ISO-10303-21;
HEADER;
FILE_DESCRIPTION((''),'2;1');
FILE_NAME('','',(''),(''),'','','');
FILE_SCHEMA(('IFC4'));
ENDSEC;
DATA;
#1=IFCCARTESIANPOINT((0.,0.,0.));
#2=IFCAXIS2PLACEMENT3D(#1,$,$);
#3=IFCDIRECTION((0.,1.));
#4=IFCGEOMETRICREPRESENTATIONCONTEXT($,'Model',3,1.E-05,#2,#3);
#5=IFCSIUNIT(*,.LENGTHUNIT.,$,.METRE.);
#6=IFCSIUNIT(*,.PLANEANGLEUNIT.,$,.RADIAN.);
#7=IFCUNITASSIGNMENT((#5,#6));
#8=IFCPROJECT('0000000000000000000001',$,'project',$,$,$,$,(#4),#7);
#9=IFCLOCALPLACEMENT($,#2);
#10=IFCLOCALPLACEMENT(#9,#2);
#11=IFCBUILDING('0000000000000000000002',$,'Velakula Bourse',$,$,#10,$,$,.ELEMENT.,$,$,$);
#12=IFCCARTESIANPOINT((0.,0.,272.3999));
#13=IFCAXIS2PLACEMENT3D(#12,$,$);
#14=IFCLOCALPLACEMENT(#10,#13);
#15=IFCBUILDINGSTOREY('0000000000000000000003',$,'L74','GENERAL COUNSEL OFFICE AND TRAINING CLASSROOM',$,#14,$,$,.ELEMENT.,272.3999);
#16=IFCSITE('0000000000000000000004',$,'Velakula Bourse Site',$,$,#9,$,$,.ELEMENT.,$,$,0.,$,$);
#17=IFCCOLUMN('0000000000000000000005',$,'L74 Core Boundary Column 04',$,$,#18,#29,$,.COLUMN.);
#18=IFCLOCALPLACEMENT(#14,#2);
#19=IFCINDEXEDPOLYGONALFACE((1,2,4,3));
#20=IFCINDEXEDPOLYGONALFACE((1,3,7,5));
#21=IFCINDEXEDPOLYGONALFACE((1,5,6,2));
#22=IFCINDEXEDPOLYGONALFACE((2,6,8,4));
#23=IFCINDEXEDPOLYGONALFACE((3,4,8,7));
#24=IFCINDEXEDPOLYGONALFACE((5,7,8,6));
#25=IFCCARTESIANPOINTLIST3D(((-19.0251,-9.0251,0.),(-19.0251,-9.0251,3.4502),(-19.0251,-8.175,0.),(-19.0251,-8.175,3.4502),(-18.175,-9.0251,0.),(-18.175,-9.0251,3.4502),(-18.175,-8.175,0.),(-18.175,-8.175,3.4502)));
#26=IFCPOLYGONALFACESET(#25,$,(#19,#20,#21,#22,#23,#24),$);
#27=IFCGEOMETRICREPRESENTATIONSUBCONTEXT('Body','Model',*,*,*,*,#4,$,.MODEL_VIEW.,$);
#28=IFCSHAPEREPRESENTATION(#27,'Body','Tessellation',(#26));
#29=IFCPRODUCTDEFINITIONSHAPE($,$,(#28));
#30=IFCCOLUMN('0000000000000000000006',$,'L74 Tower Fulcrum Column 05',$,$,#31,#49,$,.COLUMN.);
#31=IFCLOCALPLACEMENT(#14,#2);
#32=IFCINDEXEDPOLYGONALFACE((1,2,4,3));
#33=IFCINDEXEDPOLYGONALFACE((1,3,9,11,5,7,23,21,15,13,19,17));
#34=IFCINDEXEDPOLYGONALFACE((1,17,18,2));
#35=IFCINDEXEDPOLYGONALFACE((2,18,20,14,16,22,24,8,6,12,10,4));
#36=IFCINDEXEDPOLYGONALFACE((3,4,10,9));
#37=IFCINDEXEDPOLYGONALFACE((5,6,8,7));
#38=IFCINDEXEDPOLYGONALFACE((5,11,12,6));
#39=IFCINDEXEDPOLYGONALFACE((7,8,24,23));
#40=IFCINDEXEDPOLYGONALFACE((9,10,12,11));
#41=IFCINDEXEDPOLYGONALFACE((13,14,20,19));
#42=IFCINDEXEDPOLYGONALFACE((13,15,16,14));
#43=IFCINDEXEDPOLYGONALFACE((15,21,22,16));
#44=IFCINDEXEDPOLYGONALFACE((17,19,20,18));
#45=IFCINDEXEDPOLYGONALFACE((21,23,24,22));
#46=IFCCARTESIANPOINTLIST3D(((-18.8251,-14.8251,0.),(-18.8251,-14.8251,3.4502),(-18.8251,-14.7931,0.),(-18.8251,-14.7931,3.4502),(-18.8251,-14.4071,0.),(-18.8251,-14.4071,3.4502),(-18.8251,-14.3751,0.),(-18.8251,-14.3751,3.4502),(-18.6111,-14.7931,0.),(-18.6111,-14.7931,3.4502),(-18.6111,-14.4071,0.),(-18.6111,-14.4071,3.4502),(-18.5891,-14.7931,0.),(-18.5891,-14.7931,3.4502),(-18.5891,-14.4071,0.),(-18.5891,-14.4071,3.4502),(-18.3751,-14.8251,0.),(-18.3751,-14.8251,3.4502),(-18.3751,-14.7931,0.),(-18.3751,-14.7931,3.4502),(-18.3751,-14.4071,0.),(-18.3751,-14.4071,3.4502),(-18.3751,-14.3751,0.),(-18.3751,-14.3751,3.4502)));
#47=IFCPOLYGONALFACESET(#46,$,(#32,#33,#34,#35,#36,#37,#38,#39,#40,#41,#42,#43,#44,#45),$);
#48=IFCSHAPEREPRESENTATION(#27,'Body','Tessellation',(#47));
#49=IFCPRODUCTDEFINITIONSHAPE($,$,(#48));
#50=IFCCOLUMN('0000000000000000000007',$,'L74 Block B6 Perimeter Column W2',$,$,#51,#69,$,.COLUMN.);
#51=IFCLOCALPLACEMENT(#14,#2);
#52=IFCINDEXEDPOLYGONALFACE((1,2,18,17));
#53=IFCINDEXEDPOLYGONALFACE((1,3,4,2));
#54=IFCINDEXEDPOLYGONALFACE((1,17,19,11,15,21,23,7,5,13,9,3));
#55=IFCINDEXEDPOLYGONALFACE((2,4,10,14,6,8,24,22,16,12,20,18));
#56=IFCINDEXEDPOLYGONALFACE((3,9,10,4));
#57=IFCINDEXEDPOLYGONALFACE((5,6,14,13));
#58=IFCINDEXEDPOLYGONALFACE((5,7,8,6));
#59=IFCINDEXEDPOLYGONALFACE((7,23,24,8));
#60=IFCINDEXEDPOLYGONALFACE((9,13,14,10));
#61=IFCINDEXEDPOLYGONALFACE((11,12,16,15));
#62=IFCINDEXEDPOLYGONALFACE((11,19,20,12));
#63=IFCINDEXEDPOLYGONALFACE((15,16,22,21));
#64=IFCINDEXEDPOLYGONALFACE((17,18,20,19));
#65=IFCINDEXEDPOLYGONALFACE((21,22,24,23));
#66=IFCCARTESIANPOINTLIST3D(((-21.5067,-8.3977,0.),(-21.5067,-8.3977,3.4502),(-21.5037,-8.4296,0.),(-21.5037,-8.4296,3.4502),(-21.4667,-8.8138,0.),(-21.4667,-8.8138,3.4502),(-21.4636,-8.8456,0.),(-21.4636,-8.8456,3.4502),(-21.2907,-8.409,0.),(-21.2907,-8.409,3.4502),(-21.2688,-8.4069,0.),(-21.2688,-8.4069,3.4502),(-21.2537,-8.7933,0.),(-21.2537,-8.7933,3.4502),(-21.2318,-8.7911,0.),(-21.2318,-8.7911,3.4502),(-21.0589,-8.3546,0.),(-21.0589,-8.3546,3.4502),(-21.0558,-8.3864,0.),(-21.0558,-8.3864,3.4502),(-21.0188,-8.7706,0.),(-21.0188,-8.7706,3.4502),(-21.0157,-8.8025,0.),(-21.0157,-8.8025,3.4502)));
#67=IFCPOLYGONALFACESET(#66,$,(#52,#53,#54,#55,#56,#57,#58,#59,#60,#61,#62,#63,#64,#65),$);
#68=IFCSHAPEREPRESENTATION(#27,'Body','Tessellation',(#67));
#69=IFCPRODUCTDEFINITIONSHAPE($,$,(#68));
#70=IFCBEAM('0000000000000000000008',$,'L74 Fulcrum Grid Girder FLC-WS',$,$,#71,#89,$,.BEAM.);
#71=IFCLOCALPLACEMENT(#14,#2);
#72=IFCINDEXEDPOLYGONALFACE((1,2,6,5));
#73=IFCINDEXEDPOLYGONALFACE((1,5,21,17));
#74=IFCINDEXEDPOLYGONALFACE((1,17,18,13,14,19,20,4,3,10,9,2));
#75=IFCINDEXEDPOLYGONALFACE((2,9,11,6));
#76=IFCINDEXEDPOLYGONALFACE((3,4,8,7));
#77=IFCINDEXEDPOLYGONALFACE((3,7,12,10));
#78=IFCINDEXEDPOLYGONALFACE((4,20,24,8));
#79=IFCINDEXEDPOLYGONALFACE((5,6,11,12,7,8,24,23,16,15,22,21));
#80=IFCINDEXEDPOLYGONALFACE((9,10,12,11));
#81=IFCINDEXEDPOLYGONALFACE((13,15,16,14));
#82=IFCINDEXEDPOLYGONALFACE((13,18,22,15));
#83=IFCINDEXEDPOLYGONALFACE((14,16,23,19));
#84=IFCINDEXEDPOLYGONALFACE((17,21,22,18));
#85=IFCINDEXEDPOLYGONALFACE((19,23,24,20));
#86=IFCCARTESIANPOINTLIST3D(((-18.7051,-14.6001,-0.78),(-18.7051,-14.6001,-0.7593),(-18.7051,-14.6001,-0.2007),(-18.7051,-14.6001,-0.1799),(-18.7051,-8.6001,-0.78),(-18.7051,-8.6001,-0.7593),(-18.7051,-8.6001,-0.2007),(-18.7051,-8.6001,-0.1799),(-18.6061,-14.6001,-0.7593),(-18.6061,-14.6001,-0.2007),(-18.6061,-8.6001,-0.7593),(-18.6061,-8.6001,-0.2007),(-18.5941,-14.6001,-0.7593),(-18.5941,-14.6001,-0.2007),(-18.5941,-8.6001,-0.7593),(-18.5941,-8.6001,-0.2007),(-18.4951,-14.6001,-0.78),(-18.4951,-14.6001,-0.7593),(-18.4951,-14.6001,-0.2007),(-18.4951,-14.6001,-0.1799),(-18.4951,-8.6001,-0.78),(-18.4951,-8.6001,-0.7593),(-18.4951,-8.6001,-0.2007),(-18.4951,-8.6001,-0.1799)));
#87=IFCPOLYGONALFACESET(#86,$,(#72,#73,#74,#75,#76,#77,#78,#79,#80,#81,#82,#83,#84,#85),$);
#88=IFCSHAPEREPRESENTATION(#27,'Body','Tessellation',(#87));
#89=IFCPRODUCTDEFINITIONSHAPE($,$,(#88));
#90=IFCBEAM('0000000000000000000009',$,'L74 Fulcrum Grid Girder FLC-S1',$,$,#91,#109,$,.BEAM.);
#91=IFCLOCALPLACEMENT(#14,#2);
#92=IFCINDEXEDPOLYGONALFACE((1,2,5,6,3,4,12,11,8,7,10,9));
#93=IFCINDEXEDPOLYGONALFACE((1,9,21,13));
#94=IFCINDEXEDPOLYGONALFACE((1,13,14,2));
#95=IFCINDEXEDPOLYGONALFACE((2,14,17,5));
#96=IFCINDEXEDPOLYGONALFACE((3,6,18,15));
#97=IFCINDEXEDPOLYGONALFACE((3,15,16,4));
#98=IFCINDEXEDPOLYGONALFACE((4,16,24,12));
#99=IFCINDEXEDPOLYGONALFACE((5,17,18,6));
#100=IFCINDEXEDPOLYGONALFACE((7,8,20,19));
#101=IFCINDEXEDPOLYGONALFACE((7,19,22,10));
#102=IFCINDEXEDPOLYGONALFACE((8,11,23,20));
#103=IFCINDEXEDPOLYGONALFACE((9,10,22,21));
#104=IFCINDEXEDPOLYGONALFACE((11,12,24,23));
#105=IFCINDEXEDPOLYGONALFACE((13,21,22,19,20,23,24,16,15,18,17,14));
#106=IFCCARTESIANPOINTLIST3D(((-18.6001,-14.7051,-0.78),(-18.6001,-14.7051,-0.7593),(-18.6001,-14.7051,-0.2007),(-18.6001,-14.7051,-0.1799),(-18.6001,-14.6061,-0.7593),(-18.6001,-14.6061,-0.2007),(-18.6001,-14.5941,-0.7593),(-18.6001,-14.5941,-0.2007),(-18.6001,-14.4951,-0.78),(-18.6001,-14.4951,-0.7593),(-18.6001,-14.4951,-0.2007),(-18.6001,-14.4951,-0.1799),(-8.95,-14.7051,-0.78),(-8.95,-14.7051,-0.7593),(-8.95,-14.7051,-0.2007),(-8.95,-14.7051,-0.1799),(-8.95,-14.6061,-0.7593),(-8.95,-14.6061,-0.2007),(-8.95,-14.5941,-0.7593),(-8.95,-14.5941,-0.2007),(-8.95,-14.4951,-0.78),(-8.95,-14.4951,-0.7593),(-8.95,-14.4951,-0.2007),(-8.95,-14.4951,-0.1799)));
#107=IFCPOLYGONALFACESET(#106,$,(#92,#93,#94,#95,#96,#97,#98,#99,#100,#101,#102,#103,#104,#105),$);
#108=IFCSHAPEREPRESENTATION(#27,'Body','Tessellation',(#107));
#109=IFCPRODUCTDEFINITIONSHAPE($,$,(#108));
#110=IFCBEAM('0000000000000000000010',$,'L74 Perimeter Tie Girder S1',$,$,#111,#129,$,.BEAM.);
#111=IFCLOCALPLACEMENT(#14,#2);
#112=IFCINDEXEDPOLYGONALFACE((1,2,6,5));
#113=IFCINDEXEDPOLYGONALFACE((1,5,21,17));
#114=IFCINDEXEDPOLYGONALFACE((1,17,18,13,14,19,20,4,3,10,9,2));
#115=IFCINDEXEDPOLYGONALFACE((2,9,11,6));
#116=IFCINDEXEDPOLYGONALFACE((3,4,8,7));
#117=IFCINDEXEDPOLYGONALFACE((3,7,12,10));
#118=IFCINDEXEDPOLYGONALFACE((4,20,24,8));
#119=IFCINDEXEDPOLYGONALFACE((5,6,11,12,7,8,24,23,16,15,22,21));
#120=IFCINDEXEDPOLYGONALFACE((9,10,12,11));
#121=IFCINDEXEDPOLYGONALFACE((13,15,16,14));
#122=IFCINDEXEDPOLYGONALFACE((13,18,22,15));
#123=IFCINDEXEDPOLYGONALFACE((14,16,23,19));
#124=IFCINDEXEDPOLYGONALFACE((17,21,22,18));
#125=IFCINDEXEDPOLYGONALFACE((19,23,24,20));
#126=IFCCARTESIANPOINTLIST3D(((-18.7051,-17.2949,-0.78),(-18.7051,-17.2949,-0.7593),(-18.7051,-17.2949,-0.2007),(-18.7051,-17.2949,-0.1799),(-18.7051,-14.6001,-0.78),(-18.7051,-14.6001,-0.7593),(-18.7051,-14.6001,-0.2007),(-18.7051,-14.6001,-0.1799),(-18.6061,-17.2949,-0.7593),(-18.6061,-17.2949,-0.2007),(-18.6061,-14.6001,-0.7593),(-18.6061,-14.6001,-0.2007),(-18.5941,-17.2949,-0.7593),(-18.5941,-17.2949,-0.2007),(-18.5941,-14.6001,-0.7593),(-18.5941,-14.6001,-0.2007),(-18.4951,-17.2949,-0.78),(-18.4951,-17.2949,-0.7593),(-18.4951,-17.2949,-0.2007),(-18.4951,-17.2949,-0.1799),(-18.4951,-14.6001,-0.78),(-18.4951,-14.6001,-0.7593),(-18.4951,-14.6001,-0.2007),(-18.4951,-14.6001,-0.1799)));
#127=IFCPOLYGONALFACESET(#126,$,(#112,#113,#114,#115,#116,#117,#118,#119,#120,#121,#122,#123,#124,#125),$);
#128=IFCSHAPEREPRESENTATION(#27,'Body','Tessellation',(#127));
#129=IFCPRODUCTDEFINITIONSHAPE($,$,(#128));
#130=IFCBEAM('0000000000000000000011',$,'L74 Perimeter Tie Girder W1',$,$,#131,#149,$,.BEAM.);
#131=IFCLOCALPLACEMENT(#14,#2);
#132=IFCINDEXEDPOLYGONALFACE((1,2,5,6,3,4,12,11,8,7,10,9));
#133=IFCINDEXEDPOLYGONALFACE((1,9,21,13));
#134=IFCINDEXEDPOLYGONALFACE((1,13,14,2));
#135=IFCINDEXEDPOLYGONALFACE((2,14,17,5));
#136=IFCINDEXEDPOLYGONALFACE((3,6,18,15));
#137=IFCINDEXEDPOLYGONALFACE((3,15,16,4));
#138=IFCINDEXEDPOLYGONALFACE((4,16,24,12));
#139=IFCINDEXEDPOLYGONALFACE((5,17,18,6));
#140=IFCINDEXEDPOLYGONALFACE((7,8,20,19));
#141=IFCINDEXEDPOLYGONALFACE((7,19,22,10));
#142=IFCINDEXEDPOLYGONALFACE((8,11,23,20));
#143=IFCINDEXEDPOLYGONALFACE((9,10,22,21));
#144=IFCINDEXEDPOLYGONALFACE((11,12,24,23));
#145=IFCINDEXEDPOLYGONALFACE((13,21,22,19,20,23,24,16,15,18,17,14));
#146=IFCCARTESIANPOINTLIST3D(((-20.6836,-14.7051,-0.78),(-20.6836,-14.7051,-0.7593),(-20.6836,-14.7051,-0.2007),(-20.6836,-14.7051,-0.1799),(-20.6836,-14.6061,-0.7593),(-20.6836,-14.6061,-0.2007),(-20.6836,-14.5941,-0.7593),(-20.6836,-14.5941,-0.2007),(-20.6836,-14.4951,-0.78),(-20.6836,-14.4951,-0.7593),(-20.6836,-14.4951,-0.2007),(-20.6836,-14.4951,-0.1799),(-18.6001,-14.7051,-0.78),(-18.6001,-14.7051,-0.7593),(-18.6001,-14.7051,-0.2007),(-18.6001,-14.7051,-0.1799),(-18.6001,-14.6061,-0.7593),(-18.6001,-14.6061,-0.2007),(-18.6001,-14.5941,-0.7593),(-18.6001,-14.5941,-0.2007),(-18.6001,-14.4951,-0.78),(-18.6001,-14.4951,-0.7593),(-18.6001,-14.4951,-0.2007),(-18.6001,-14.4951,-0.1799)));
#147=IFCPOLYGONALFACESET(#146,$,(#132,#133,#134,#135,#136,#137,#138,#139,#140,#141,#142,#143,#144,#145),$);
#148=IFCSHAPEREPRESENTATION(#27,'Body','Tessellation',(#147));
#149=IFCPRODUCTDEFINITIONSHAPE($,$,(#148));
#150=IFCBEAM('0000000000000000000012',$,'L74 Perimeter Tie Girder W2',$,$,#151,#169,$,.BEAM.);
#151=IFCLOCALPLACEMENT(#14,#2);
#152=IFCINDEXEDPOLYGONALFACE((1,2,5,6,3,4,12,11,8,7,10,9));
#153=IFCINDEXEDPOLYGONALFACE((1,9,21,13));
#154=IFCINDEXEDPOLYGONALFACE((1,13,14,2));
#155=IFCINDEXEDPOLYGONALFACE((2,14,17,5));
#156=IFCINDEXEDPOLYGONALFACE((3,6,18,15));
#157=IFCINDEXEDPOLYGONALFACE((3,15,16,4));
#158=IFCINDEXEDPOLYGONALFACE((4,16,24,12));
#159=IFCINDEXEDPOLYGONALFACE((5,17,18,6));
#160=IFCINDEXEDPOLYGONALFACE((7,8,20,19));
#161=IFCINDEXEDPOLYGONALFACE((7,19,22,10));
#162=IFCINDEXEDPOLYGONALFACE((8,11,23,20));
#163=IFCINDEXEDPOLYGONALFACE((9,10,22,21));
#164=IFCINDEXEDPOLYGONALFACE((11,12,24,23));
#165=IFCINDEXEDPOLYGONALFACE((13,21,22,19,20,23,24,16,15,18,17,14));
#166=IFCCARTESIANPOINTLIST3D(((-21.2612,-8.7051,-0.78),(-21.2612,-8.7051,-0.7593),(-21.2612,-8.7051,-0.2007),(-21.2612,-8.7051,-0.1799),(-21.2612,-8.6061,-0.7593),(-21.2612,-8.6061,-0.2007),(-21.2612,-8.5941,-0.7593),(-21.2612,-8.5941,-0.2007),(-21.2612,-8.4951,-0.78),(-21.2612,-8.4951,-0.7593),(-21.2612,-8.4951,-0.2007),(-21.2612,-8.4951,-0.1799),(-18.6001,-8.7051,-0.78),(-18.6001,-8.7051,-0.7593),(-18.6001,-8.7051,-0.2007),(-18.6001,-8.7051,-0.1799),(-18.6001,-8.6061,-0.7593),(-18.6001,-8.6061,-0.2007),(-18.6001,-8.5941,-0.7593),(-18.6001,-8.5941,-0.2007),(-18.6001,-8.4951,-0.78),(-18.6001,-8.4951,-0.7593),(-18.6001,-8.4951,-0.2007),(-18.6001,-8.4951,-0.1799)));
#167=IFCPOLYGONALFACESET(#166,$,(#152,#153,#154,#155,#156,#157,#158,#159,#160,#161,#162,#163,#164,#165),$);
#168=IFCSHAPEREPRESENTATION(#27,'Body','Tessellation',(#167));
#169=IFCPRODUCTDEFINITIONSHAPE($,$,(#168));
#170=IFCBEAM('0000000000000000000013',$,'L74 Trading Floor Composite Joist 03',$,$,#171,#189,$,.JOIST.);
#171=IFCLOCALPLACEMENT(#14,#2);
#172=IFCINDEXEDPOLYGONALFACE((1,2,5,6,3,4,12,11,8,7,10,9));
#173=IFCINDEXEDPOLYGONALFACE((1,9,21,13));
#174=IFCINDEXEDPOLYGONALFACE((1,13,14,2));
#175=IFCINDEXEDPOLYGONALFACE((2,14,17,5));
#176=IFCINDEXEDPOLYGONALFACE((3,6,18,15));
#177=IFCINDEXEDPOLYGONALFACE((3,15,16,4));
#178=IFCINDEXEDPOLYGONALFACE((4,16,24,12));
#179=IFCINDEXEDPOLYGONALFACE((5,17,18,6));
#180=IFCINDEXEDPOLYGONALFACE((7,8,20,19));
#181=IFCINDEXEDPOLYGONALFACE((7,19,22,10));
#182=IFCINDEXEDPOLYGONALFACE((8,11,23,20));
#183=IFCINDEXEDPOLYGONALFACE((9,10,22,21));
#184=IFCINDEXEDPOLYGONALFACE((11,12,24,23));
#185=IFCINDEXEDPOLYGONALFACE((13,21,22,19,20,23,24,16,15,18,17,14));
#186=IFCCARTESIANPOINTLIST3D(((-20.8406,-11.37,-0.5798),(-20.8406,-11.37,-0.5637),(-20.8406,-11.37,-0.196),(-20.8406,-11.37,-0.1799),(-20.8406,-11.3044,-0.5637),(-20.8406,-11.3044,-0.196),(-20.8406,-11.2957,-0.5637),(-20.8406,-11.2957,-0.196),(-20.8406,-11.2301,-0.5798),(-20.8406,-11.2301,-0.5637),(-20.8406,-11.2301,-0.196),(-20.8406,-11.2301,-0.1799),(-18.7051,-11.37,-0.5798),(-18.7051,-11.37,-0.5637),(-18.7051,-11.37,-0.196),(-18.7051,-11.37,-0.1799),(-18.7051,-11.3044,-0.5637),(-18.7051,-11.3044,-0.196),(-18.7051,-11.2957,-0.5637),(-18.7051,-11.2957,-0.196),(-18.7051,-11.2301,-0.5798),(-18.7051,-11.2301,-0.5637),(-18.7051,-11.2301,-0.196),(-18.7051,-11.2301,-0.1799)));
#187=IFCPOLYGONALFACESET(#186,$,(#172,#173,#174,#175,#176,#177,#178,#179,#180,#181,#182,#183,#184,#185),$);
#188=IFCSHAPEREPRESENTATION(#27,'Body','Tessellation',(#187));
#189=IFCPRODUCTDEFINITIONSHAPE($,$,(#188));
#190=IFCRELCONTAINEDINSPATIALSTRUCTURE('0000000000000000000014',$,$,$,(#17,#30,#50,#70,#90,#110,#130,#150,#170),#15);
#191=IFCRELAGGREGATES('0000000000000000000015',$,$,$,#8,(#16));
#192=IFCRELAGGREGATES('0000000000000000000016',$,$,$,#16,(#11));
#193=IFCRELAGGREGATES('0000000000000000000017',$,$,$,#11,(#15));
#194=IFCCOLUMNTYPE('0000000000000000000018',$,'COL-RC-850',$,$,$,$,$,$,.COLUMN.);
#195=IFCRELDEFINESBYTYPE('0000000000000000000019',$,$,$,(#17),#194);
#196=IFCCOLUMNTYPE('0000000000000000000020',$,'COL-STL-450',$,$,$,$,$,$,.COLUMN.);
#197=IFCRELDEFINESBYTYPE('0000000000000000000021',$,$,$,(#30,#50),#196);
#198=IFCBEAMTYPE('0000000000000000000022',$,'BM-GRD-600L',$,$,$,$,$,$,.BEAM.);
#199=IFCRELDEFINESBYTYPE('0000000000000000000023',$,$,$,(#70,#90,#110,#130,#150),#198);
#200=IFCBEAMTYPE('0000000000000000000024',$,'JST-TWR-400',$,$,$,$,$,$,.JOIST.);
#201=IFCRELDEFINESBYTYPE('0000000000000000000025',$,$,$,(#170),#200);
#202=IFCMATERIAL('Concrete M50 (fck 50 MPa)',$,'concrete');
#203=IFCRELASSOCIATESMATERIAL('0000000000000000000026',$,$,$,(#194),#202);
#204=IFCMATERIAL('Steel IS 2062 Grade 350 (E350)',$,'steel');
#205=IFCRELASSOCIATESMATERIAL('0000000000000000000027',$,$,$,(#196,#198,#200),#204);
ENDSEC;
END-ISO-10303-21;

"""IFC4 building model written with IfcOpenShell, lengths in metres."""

from ifc_helpers import new_model, si_unit, direction, frame, origin, origin_2d, place, context, subcontext, project, spatial, rectangle, i_section, extrude, material, material_profile, profile_set, type_object, element, save


model = new_model("IFC4")

# Units and contexts
model_context = context("Model", 3, precision=1e-05, world=origin(), true_north=direction((0.0, 1.0)))
body_context = subcontext(model_context, "Body", "Model", "MODEL_VIEW")
ifc_project = project(units=[si_unit("LENGTHUNIT", "METRE"), si_unit("PLANEANGLEUNIT", "RADIAN")], contexts=[model_context])

# Site, building, storey
site_placement = place(None, origin())
site = spatial("IfcSite", under=ifc_project, at=site_placement, Name="Velakula Bourse Site", CompositionType="ELEMENT", RefElevation=0.0)
building_placement = place(site_placement, origin())
building = spatial("IfcBuilding", under=site, at=building_placement, Name="Velakula Bourse", CompositionType="ELEMENT")
storey_placement = place(building_placement, frame((0.0, 0.0, 272.3999)))
storey = spatial("IfcBuildingStorey", under=building, at=storey_placement, Name="L74", Description="GENERAL COUNSEL OFFICE AND TRAINING CLASSROOM", CompositionType="ELEMENT", Elevation=272.3999)

# Columns
ifc_material_1 = material(Name="Concrete M50 (fck 50 MPa)", Category="concrete")
ifc_material_profile_1 = material_profile(ifc_material_1, rectangle(XDim=0.8501, YDim=0.8501, at=origin_2d()), Name="Concrete M50 (fck 50 MPa)")
ifc_profile_set_1 = profile_set([ifc_material_profile_1], Name="Concrete M50 (fck 50 MPa)")
column_type_1 = type_object("IfcColumnType", Name="COL-RC-850", PredefinedType="COLUMN", material=ifc_profile_set_1)
column_placement = place(storey_placement, frame((-18.6001, -8.6001, 0.0), z_axis=(0.0, 0.0, 1.0), x_axis=(1.0, 0.0, 0.0)))
element("IfcColumn", 1, at=column_placement, inside=storey, type_object=column_type_1, Name="L74 Core Boundary Column 04", PredefinedType="COLUMN", context=body_context, shape_type="SweptSolid", body=[
    extrude(rectangle(XDim=0.8501, YDim=0.8501, at=origin_2d()), origin(), (0.0, 0.0, 1.0), 3.4502),
])
ifc_material_2 = material(Name="Steel IS 2062 Grade 350 (E350)", Category="steel")
ifc_material_profile_2 = material_profile(ifc_material_2, i_section(OverallWidth=0.45, OverallDepth=0.45, WebThickness=0.022, FlangeThickness=0.032, at=origin_2d()), Name="Steel IS 2062 Grade 350 (E350)")
ifc_profile_set_2 = profile_set([ifc_material_profile_2], Name="Steel IS 2062 Grade 350 (E350)")
column_type_2 = type_object("IfcColumnType", Name="COL-STL-450", PredefinedType="COLUMN", material=ifc_profile_set_2)
for number, where, z_axis, x_axis, name in (
    (2, (-18.6001, -14.6001, 0.0), (0.0, 0.0, 1.0), (1.0, 0.0, 0.0), "L74 Tower Fulcrum Column 05"),
    (3, (-21.2612, -8.6001, 0.0), (0.0, 0.0, 1.0), (0.995396, 0.095846, 0.0), "L74 Block B6 Perimeter Column W2"),
):
    element("IfcColumn", number, at=place(storey_placement, frame(where, z_axis=z_axis, x_axis=x_axis)), inside=storey, type_object=column_type_2, Name=name, PredefinedType="COLUMN", context=body_context, shape_type="SweptSolid", body=[
        extrude(i_section(OverallWidth=0.45, OverallDepth=0.45, WebThickness=0.022, FlangeThickness=0.032, at=origin_2d()), origin(), (0.0, 0.0, 1.0), 3.4502),
    ])

# Beams
ifc_material_profile_3 = material_profile(ifc_material_2, i_section(OverallWidth=0.21, OverallDepth=0.6001, WebThickness=0.012, FlangeThickness=0.0208, at=origin_2d()), Name="Steel IS 2062 Grade 350 (E350)")
ifc_profile_set_3 = profile_set([ifc_material_profile_3], Name="Steel IS 2062 Grade 350 (E350)")
beam_type_1 = type_object("IfcBeamType", Name="BM-GRD-600L", PredefinedType="BEAM", material=ifc_profile_set_3)
beam_1_placement = place(storey_placement, frame((-18.6001, -14.6001, -0.48), z_axis=(0.0, 1.0, 0.0), x_axis=(-1.0, 0.0, 0.0)))
element("IfcBeam", 4, at=beam_1_placement, inside=storey, type_object=beam_type_1, Name="L74 Fulcrum Grid Girder FLC-WS", PredefinedType="BEAM", context=body_context, shape_type="SweptSolid", body=[
    extrude(i_section(OverallWidth=0.21, OverallDepth=0.6001, WebThickness=0.012, FlangeThickness=0.0208, at=origin_2d()), origin(), (0.0, 0.0, 1.0), 6.0),
])
beam_2_placement = place(storey_placement, frame((-18.6001, -14.6001, -0.48), z_axis=(1.0, 0.0, 0.0), x_axis=(0.0, 1.0, 0.0)))
element("IfcBeam", 5, at=beam_2_placement, inside=storey, type_object=beam_type_1, Name="L74 Fulcrum Grid Girder FLC-S1", PredefinedType="BEAM", context=body_context, shape_type="SweptSolid", body=[
    extrude(i_section(OverallWidth=0.21, OverallDepth=0.6001, WebThickness=0.012, FlangeThickness=0.0208, at=origin_2d()), origin(), (0.0, 0.0, 1.0), 9.6501),
])
beam_3_placement = place(storey_placement, frame((-18.6001, -14.6001, -0.48), z_axis=(0.0, -1.0, 0.0), x_axis=(1.0, 0.0, 0.0)))
element("IfcBeam", 6, at=beam_3_placement, inside=storey, type_object=beam_type_1, Name="L74 Perimeter Tie Girder S1", PredefinedType="BEAM", context=body_context, shape_type="SweptSolid", body=[
    extrude(i_section(OverallWidth=0.21, OverallDepth=0.6001, WebThickness=0.012, FlangeThickness=0.0208, at=origin_2d()), origin(), (0.0, 0.0, 1.0), 2.6948),
])
beam_4_placement = place(storey_placement, frame((-18.6001, -14.6001, -0.48), z_axis=(-1.0, 0.0, 0.0), x_axis=(0.0, -1.0, 0.0)))
element("IfcBeam", 7, at=beam_4_placement, inside=storey, type_object=beam_type_1, Name="L74 Perimeter Tie Girder W1", PredefinedType="BEAM", context=body_context, shape_type="SweptSolid", body=[
    extrude(i_section(OverallWidth=0.21, OverallDepth=0.6001, WebThickness=0.012, FlangeThickness=0.0208, at=origin_2d()), origin(), (0.0, 0.0, 1.0), 2.0835),
])
beam_5_placement = place(storey_placement, frame((-18.6001, -8.6001, -0.48), z_axis=(-1.0, 0.0, 0.0), x_axis=(0.0, -1.0, 0.0)))
element("IfcBeam", 8, at=beam_5_placement, inside=storey, type_object=beam_type_1, Name="L74 Perimeter Tie Girder W2", PredefinedType="BEAM", context=body_context, shape_type="SweptSolid", body=[
    extrude(i_section(OverallWidth=0.21, OverallDepth=0.6001, WebThickness=0.012, FlangeThickness=0.0208, at=origin_2d()), origin(), (0.0, 0.0, 1.0), 2.6611),
])
ifc_material_profile_4 = material_profile(ifc_material_2, i_section(OverallWidth=0.1399, OverallDepth=0.3999, WebThickness=0.0088, FlangeThickness=0.0161, at=origin_2d()), Name="Steel IS 2062 Grade 350 (E350)")
ifc_profile_set_4 = profile_set([ifc_material_profile_4], Name="Steel IS 2062 Grade 350 (E350)")
beam_type_2 = type_object("IfcBeamType", Name="JST-TWR-400", PredefinedType="JOIST", material=ifc_profile_set_4)
beam_6_placement = place(storey_placement, frame((-20.8406, -11.3, -0.3799), z_axis=(1.0, 0.0, 0.0), x_axis=(0.0, 1.0, 0.0)))
element("IfcBeam", 9, at=beam_6_placement, inside=storey, type_object=beam_type_2, Name="L74 Trading Floor Composite Joist 03", PredefinedType="JOIST", context=body_context, shape_type="SweptSolid", body=[
    extrude(i_section(OverallWidth=0.1399, OverallDepth=0.3999, WebThickness=0.0088, FlangeThickness=0.0161, at=origin_2d()), origin(), (0.0, 0.0, 1.0), 2.1355),
])

save(model, "model.ifc")
